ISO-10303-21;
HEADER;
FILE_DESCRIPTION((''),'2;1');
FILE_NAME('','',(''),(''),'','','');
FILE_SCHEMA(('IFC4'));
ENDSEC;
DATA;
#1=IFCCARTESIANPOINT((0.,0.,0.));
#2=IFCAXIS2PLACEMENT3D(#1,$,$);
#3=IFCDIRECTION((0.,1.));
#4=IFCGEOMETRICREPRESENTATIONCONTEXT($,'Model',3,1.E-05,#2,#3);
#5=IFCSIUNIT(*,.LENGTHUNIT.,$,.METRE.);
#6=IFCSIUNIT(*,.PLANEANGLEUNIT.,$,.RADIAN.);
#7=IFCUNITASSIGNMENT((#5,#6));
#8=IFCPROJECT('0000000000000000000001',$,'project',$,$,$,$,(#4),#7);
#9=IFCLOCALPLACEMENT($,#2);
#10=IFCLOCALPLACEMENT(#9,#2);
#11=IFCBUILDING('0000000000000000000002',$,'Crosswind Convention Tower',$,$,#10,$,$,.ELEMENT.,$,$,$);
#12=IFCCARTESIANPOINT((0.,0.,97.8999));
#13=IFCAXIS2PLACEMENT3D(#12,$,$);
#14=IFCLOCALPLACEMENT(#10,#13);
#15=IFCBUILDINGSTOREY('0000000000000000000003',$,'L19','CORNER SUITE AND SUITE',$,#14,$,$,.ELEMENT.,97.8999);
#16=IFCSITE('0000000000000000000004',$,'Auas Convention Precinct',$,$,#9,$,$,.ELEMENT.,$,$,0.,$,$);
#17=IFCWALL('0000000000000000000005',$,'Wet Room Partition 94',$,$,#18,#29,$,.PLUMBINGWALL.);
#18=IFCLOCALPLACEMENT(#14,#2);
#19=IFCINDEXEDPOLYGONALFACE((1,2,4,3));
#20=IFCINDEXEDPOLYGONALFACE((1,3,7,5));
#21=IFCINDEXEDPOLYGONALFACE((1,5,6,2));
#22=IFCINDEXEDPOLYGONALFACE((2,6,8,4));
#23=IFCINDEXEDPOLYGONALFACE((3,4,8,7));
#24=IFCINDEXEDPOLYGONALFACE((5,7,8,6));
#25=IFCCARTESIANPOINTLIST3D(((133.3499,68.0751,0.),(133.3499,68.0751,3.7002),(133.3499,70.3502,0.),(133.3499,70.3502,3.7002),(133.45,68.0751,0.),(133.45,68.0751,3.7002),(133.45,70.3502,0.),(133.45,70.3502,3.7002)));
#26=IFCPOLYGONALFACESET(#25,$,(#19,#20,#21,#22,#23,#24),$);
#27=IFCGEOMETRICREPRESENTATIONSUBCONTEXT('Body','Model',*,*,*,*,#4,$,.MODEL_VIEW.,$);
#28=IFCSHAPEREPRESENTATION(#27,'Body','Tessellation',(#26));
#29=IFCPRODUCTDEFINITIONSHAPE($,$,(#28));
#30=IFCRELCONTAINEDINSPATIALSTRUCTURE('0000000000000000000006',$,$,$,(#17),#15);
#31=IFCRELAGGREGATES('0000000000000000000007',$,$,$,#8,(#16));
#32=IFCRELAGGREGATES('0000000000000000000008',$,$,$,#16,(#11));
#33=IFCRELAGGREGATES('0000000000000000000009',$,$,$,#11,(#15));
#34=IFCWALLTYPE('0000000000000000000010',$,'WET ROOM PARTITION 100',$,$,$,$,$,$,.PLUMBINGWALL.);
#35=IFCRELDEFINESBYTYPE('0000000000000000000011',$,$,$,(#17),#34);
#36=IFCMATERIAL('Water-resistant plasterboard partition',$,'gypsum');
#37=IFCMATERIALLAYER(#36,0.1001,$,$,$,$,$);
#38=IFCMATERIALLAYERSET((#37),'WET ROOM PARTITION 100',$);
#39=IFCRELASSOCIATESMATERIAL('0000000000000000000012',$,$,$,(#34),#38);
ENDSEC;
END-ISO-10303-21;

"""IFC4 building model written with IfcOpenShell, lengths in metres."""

from ifc_helpers import new_model, si_unit, direction, frame, frame_2d, origin, place, context, subcontext, project, spatial, rectangle, extrude, material, layer, layer_set, type_object, element, save


model = new_model("IFC4")

# Units and contexts
model_context = context("Model", 3, precision=1e-05, world=origin(), true_north=direction((0.0, 1.0)))
body_context = subcontext(model_context, "Body", "Model", "MODEL_VIEW")
ifc_project = project(units=[si_unit("LENGTHUNIT", "METRE"), si_unit("PLANEANGLEUNIT", "RADIAN")], contexts=[model_context])

# Site, building, storey
site_placement = place(None, origin())
site = spatial("IfcSite", under=ifc_project, at=site_placement, Name="Auas Convention Precinct", CompositionType="ELEMENT", RefElevation=0.0)
building_placement = place(site_placement, origin())
building = spatial("IfcBuilding", under=site, at=building_placement, Name="Crosswind Convention Tower", CompositionType="ELEMENT")
storey_placement = place(building_placement, frame((0.0, 0.0, 97.8999)))
storey = spatial("IfcBuildingStorey", under=building, at=storey_placement, Name="L19", Description="CORNER SUITE AND SUITE", CompositionType="ELEMENT", Elevation=97.8999)

# Shared definitions
ifc_material_1 = material(Name="Water-resistant plasterboard partition", Category="gypsum")
ifc_layer_1 = layer(ifc_material_1, 0.1001)
ifc_layer_set_1 = layer_set([ifc_layer_1], Name="WET ROOM PARTITION 100")
wall_type_1 = type_object("IfcWallType", Name="WET ROOM PARTITION 100", PredefinedType="PLUMBINGWALL", material=ifc_layer_set_1)

# Wall
for number, where, z_axis, x_axis, name in (
    (1, (133.3999, 68.075, 0.0), (0.0, 0.0, 1.0), (0.0, 1.0, 0.0), "Wet Room Partition 94"),
):
    element("IfcWall", number, at=place(storey_placement, frame(where, z_axis=z_axis, x_axis=x_axis)), inside=storey, type_object=wall_type_1, Name=name, PredefinedType="PLUMBINGWALL", context=body_context, shape_type="SweptSolid", body=[
        extrude(rectangle(XDim=2.2751, YDim=0.1001, at=frame_2d((1.1377, 0.0))), origin(), (0.0, 0.0, 1.0), 3.7002),
    ])

save(model, "model.ifc")
